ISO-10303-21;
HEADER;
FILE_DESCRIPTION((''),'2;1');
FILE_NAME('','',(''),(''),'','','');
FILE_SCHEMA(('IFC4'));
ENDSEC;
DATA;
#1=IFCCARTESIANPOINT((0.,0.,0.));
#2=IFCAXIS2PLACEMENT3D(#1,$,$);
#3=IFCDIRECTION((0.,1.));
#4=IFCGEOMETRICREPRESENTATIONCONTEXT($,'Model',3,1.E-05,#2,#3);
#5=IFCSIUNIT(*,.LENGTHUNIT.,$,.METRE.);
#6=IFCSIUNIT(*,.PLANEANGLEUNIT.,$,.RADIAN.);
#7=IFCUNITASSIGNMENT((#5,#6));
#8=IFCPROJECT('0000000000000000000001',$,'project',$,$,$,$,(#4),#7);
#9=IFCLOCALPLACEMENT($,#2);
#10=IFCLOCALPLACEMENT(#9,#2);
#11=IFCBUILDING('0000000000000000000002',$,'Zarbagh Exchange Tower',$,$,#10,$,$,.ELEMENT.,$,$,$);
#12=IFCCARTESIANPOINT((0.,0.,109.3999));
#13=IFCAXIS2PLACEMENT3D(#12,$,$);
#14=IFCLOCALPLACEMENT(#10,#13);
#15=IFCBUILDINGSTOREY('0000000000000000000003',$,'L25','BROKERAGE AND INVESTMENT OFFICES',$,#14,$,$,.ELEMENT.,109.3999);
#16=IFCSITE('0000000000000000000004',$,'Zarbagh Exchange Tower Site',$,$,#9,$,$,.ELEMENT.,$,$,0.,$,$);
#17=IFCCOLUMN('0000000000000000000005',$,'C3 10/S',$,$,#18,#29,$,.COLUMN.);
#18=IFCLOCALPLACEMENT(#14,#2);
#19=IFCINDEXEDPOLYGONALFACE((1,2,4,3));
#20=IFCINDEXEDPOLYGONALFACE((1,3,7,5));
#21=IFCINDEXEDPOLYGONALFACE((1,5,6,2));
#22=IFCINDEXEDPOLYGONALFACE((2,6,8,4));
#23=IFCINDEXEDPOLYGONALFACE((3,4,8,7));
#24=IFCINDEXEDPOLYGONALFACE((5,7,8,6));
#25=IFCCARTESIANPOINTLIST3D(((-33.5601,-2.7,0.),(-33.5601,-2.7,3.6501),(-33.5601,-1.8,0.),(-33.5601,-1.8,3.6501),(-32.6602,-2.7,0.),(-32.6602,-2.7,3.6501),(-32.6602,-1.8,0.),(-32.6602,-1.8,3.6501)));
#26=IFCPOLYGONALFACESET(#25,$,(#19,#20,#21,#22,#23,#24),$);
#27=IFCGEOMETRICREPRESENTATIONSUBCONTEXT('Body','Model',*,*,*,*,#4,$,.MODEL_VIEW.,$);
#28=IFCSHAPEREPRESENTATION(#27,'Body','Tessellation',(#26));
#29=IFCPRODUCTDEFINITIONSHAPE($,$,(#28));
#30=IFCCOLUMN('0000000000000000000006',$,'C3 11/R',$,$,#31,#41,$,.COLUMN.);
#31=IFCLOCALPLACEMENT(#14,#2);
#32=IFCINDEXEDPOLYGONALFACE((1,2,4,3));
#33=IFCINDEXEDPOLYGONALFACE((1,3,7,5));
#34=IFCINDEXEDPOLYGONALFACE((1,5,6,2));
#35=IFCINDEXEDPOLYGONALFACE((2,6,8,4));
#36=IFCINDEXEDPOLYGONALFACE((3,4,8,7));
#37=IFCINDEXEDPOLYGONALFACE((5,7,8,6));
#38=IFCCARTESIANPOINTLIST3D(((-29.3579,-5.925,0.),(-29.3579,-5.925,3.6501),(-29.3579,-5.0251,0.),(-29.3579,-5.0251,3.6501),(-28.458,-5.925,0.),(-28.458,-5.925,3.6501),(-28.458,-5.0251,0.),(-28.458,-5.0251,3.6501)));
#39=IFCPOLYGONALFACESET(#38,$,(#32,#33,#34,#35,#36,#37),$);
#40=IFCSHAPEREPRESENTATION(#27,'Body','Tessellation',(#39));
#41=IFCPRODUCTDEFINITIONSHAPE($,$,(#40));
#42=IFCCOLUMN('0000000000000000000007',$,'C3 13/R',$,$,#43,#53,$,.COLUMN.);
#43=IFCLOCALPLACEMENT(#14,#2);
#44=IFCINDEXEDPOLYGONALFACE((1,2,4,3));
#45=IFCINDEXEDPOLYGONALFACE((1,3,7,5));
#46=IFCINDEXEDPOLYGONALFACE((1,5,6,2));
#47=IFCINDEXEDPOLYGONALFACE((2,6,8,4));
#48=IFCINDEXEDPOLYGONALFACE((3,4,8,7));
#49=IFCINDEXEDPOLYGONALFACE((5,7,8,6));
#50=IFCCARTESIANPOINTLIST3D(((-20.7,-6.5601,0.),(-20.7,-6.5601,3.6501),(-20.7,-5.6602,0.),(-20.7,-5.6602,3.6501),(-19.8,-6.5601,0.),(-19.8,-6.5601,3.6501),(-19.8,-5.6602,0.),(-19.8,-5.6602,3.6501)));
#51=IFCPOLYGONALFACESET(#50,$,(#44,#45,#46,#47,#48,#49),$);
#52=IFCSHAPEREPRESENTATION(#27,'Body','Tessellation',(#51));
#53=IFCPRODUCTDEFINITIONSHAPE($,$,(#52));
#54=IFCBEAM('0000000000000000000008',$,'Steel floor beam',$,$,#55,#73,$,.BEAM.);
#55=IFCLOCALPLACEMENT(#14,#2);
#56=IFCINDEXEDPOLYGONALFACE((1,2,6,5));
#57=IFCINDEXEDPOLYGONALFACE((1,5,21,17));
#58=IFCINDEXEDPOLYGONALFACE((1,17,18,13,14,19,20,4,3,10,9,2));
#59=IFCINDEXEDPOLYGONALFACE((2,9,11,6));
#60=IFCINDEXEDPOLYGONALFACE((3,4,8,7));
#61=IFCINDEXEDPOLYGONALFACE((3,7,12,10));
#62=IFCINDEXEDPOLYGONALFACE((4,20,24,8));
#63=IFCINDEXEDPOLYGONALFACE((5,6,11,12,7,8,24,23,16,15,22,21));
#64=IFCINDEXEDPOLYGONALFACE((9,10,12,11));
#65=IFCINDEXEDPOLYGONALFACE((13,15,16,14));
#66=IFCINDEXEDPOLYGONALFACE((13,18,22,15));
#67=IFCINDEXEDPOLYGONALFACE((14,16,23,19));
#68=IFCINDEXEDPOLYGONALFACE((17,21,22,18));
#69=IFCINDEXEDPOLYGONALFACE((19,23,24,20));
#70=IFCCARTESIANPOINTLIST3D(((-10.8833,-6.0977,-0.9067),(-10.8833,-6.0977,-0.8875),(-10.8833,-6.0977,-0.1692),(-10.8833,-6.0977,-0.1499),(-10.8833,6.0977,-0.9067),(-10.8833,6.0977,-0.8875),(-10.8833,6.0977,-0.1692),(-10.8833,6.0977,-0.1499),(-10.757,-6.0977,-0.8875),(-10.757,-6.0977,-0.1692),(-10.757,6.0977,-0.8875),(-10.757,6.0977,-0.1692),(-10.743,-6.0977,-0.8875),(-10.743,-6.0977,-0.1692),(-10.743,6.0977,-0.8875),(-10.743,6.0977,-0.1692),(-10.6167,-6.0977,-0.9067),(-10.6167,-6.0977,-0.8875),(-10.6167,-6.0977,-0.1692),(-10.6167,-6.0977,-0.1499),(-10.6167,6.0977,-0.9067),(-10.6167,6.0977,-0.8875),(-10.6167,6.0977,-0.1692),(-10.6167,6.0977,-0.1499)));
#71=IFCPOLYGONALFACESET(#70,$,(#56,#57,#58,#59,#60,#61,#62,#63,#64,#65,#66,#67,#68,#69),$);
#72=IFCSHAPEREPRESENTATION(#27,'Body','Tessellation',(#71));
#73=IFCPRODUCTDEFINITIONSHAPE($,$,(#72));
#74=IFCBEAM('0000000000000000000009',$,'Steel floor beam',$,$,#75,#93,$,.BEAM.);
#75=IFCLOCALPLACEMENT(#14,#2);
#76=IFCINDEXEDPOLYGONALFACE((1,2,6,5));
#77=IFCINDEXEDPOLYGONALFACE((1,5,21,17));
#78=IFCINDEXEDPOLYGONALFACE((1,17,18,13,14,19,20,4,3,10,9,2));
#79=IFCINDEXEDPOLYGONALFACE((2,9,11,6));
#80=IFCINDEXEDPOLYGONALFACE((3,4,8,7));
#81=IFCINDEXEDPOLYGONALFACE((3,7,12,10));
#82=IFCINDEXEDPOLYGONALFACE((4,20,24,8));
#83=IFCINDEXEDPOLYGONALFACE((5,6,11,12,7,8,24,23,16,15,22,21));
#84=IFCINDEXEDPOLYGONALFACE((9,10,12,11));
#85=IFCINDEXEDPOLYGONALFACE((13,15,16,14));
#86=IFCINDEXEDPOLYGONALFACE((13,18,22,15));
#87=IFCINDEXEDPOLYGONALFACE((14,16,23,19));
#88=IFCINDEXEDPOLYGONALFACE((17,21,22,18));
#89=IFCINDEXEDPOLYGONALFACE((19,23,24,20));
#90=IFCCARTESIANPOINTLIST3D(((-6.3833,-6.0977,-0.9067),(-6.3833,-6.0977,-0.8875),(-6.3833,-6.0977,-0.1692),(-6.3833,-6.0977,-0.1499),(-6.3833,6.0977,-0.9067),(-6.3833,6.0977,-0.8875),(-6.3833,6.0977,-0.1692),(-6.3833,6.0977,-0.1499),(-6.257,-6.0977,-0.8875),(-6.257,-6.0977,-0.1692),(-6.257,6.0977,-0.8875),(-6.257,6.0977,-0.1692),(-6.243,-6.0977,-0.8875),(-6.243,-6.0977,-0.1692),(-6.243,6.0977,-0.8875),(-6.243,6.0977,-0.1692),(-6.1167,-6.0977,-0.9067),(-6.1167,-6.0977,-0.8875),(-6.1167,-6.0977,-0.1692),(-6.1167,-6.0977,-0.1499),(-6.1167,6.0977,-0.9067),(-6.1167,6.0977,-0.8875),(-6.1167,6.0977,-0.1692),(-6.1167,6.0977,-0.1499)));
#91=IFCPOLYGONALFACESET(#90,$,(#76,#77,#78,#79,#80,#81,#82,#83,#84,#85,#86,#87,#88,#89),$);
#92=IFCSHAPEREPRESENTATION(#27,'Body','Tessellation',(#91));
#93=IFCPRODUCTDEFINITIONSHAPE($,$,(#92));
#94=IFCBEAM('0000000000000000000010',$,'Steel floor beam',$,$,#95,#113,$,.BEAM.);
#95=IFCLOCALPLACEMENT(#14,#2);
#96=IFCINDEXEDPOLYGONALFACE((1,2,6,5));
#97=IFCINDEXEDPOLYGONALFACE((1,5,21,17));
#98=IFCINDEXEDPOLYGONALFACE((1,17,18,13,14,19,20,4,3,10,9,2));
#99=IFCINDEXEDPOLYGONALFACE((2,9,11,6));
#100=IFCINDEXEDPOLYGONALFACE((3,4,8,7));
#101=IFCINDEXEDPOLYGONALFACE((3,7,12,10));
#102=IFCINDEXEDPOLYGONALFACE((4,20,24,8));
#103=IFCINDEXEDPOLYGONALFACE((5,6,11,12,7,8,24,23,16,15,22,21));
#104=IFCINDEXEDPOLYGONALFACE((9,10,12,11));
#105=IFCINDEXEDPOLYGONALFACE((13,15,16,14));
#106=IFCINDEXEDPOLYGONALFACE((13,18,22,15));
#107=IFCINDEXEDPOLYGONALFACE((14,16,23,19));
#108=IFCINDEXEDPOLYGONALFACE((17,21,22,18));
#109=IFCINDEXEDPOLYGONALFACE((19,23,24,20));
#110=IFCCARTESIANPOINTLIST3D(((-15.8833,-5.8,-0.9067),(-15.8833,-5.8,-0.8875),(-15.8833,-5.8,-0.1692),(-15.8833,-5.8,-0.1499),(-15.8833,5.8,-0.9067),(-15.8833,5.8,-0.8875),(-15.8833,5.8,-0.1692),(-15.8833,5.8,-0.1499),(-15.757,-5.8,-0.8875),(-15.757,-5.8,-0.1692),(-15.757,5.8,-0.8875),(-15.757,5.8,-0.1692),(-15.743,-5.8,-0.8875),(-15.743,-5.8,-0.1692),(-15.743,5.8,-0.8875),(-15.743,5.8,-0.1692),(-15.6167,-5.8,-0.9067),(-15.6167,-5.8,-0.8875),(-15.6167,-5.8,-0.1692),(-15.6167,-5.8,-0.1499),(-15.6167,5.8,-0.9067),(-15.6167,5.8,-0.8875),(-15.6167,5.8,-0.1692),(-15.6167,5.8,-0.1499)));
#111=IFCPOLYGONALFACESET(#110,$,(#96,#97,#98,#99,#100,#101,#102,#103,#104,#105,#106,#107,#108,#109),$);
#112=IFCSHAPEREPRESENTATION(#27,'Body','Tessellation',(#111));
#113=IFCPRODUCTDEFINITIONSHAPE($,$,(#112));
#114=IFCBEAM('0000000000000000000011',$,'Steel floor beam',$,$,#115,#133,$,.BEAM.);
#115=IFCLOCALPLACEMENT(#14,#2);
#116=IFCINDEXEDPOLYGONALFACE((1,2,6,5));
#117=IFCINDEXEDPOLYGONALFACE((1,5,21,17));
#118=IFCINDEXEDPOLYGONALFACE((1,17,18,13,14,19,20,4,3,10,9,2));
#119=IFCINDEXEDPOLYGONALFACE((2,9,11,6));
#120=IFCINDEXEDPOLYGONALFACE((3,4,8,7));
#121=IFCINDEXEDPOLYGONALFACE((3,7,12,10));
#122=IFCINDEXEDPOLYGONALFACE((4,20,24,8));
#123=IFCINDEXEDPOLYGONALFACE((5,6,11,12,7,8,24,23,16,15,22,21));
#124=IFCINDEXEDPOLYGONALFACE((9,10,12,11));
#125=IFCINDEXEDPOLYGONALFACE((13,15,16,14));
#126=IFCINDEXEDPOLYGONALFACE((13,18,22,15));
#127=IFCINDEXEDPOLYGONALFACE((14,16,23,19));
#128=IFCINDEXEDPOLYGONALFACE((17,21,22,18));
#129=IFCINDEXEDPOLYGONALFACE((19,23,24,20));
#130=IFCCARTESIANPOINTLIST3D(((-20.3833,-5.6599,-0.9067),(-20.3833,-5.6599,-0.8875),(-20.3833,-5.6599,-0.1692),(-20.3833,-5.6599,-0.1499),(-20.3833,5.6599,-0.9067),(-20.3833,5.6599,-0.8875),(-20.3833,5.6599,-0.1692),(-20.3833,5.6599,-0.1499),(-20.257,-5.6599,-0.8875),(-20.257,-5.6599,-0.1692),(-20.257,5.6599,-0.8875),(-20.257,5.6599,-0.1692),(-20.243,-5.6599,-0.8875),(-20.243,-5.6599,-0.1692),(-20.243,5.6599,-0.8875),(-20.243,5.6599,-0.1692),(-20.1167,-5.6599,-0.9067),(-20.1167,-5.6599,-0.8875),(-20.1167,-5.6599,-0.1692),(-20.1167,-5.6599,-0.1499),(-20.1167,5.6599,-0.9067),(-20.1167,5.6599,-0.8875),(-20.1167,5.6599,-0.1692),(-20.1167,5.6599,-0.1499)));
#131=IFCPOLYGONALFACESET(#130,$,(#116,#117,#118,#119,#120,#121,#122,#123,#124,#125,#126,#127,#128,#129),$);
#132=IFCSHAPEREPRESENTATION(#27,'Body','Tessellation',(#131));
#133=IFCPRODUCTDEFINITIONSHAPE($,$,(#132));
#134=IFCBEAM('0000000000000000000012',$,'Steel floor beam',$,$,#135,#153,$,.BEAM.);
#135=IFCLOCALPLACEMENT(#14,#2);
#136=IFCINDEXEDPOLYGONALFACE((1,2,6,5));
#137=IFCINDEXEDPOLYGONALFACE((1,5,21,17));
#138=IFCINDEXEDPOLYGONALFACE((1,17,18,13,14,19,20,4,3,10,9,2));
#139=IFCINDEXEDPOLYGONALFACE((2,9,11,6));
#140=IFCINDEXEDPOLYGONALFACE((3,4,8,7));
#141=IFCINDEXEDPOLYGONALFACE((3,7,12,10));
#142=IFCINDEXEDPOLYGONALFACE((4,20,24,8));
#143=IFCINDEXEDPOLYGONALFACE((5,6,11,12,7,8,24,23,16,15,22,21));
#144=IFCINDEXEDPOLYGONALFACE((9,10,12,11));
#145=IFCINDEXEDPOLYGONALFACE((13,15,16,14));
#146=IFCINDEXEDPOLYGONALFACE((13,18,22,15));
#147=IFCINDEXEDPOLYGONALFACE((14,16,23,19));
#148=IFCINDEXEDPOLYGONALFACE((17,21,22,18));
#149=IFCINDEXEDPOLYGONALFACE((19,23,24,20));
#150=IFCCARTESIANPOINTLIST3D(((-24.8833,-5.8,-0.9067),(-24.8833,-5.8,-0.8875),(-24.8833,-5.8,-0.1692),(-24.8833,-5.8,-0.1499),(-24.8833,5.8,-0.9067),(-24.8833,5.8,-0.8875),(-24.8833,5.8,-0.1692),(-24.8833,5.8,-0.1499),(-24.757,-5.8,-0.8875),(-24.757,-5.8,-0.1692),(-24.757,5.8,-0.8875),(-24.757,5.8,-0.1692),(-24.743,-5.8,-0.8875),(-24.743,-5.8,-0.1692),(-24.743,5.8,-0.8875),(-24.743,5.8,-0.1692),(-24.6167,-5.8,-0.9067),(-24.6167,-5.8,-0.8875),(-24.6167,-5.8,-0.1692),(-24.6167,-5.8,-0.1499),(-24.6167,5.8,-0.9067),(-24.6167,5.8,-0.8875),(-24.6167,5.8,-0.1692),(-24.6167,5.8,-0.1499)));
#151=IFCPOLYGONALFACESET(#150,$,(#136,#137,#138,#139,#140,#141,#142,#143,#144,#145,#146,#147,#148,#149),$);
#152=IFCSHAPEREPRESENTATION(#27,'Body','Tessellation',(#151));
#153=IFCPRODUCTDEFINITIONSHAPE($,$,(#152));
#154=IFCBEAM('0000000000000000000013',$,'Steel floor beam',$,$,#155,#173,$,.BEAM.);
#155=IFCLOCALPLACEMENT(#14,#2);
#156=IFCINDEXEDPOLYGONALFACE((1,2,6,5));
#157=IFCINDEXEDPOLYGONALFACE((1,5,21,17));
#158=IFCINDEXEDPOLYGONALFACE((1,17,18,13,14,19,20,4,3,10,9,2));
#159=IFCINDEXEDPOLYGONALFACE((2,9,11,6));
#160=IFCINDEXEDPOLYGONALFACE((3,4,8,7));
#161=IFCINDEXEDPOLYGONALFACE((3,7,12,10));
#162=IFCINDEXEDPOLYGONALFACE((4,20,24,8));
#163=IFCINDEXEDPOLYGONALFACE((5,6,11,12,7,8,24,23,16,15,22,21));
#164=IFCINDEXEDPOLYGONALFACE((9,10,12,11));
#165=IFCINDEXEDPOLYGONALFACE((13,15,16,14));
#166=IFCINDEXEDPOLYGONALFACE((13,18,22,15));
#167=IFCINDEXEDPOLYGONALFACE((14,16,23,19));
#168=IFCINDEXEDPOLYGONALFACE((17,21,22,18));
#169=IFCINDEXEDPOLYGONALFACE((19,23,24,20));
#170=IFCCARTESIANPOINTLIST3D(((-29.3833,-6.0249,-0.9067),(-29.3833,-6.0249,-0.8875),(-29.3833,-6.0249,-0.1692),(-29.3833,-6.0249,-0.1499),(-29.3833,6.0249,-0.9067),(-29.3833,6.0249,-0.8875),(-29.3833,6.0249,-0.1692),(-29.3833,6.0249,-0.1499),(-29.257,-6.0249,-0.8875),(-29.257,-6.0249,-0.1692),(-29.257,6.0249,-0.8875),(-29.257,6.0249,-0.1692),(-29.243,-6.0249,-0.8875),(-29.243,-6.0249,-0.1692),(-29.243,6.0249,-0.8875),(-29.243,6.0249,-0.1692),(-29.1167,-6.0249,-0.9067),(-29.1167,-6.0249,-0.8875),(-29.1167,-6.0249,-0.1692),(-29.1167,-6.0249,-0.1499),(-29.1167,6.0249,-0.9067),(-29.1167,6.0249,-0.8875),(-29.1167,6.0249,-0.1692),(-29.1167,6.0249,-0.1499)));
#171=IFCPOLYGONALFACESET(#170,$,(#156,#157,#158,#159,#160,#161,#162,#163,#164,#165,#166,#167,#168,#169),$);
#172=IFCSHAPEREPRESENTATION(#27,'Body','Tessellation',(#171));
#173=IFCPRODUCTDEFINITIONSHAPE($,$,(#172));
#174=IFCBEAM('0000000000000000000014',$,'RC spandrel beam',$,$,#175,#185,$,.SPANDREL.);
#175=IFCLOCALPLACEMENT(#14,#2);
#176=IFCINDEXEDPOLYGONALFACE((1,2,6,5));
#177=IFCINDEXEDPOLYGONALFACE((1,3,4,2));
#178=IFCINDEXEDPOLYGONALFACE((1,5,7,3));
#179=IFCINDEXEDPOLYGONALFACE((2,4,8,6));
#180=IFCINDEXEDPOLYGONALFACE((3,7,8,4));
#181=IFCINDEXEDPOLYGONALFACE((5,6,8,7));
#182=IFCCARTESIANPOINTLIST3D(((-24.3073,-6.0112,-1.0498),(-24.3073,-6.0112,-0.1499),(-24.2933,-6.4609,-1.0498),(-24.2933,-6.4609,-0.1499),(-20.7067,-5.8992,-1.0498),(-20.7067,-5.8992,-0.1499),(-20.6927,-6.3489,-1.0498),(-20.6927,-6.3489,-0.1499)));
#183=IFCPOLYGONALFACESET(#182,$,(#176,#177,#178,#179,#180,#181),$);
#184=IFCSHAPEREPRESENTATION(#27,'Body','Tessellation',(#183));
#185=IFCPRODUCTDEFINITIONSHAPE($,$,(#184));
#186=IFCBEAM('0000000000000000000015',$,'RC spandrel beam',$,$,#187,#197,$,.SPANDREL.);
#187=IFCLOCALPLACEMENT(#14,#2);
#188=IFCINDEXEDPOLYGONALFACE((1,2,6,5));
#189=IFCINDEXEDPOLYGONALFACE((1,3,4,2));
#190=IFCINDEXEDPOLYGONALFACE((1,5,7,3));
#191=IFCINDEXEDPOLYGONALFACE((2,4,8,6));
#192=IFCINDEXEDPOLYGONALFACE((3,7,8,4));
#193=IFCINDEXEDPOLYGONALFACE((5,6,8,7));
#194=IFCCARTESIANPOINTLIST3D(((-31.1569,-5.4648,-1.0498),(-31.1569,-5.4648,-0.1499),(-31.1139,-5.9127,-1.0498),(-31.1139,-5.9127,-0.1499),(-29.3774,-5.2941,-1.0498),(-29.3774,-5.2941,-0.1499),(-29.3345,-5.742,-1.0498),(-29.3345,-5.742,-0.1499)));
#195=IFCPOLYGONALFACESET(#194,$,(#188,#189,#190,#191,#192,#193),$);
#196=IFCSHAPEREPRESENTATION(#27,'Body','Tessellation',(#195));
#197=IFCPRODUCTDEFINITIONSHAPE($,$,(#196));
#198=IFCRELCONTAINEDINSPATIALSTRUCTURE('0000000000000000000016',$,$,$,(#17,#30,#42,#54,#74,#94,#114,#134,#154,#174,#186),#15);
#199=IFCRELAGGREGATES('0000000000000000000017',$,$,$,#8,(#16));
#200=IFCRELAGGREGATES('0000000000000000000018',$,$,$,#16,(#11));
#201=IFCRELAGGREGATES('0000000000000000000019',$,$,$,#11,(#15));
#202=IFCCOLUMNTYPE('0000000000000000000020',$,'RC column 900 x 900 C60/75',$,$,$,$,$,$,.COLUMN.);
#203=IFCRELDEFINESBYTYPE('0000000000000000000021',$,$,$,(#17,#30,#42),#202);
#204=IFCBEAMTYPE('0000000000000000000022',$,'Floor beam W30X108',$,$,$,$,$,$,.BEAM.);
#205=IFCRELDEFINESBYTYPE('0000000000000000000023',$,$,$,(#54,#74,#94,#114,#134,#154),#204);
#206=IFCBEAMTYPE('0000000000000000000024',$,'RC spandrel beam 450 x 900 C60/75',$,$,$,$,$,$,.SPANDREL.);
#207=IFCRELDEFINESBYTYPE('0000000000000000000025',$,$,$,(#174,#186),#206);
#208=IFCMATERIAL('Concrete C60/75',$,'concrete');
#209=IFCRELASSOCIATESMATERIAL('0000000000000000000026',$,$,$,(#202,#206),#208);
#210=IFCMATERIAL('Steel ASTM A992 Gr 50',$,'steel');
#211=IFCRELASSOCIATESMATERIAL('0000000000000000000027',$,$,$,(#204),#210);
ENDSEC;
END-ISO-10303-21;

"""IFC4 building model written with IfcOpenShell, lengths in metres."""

from ifc_helpers import new_model, si_unit, direction, frame, origin, origin_2d, place, context, subcontext, project, spatial, rectangle, i_section, extrude, material, material_profile, profile_set, type_object, element, save


model = new_model("IFC4")

# Units and contexts
model_context = context("Model", 3, precision=1e-05, world=origin(), true_north=direction((0.0, 1.0)))
body_context = subcontext(model_context, "Body", "Model", "MODEL_VIEW")
ifc_project = project(units=[si_unit("LENGTHUNIT", "METRE"), si_unit("PLANEANGLEUNIT", "RADIAN")], contexts=[model_context])

# Site, building, storey
site_placement = place(None, origin())
site = spatial("IfcSite", under=ifc_project, at=site_placement, Name="Zarbagh Exchange Tower Site", CompositionType="ELEMENT", RefElevation=0.0)
building_placement = place(site_placement, origin())
building = spatial("IfcBuilding", under=site, at=building_placement, Name="Zarbagh Exchange Tower", CompositionType="ELEMENT")
storey_placement = place(building_placement, frame((0.0, 0.0, 109.3999)))
storey = spatial("IfcBuildingStorey", under=building, at=storey_placement, Name="L25", Description="BROKERAGE AND INVESTMENT OFFICES", CompositionType="ELEMENT", Elevation=109.3999)

# Columns
ifc_material_1 = material(Name="Concrete C60/75", Category="concrete")
ifc_material_profile_1 = material_profile(ifc_material_1, rectangle(XDim=0.8999, YDim=0.8999, at=origin_2d()), Name="RC column 900 x 900 C60/75")
ifc_profile_set_1 = profile_set([ifc_material_profile_1], Name="Concrete C60/75")
column_type = type_object("IfcColumnType", Name="RC column 900 x 900 C60/75", PredefinedType="COLUMN", material=ifc_profile_set_1)
for number, where, z_axis, x_axis, name in (
    (1, (-33.1101, -2.25, 0.0), (0.0, 0.0, 1.0), (1.0, 0.0, 0.0), "C3 10/S"),
    (2, (-28.908, -5.4751, 0.0), (0.0, 0.0, 1.0), (1.0, 0.0, 0.0), "C3 11/R"),
    (3, (-20.25, -6.1101, 0.0), (0.0, 0.0, 1.0), (1.0, 0.0, 0.0), "C3 13/R"),
):
    element("IfcColumn", number, at=place(storey_placement, frame(where, z_axis=z_axis, x_axis=x_axis)), inside=storey, type_object=column_type, Name=name, PredefinedType="COLUMN", context=body_context, shape_type="SweptSolid", body=[
        extrude(rectangle(XDim=0.8999, YDim=0.8999, at=origin_2d()), origin(), (0.0, 0.0, 1.0), 3.6501),
    ])

# Beams
ifc_material_2 = material(Name="Steel ASTM A992 Gr 50", Category="steel")
ifc_material_profile_2 = material_profile(ifc_material_2, i_section(OverallWidth=0.2666, OverallDepth=0.7568, WebThickness=0.0139, FlangeThickness=0.0193, at=origin_2d()), Name="W30X108")
ifc_profile_set_2 = profile_set([ifc_material_profile_2], Name="Steel ASTM A992 Gr 50")
beam_type_1 = type_object("IfcBeamType", Name="Floor beam W30X108", PredefinedType="BEAM", material=ifc_profile_set_2)
for number, where, z_axis, x_axis, name in (
    (4, (-10.75, -6.0977, -0.5283), (0.0, 1.0, 0.0), (-1.0, 0.0, 0.0), "Steel floor beam"),
    (5, (-6.25, -6.0977, -0.5283), (0.0, 1.0, 0.0), (-1.0, 0.0, 0.0), "Steel floor beam"),
):
    element("IfcBeam", number, at=place(storey_placement, frame(where, z_axis=z_axis, x_axis=x_axis)), inside=storey, type_object=beam_type_1, Name=name, PredefinedType="BEAM", context=body_context, shape_type="SweptSolid", body=[
        extrude(i_section(OverallWidth=0.2666, OverallDepth=0.7568, WebThickness=0.0139, FlangeThickness=0.0193, at=origin_2d()), origin(), (0.0, 0.0, 1.0), 12.1953),
    ])
beam_1_placement = place(storey_placement, frame((-15.75, -5.8, -0.5283), z_axis=(0.0, 1.0, 0.0), x_axis=(-1.0, 0.0, 0.0)))
element("IfcBeam", 6, at=beam_1_placement, inside=storey, type_object=beam_type_1, Name="Steel floor beam", PredefinedType="BEAM", context=body_context, shape_type="SweptSolid", body=[
    extrude(i_section(OverallWidth=0.2666, OverallDepth=0.7568, WebThickness=0.0139, FlangeThickness=0.0193, at=origin_2d()), origin(), (0.0, 0.0, 1.0), 11.6001),
])
beam_2_placement = place(storey_placement, frame((-20.25, -5.6599, -0.5283), z_axis=(0.0, 1.0, 0.0), x_axis=(-1.0, 0.0, 0.0)))
element("IfcBeam", 7, at=beam_2_placement, inside=storey, type_object=beam_type_1, Name="Steel floor beam", PredefinedType="BEAM", context=body_context, shape_type="SweptSolid", body=[
    extrude(i_section(OverallWidth=0.2666, OverallDepth=0.7568, WebThickness=0.0139, FlangeThickness=0.0193, at=origin_2d()), origin(), (0.0, 0.0, 1.0), 11.3198),
])
beam_3_placement = place(storey_placement, frame((-24.75, -5.8, -0.5283), z_axis=(0.0, 1.0, 0.0), x_axis=(-1.0, 0.0, 0.0)))
element("IfcBeam", 8, at=beam_3_placement, inside=storey, type_object=beam_type_1, Name="Steel floor beam", PredefinedType="BEAM", context=body_context, shape_type="SweptSolid", body=[
    extrude(i_section(OverallWidth=0.2666, OverallDepth=0.7568, WebThickness=0.0139, FlangeThickness=0.0193, at=origin_2d()), origin(), (0.0, 0.0, 1.0), 11.6001),
])
beam_4_placement = place(storey_placement, frame((-29.25, -6.0249, -0.5283), z_axis=(0.0, 1.0, 0.0), x_axis=(-1.0, 0.0, 0.0)))
element("IfcBeam", 9, at=beam_4_placement, inside=storey, type_object=beam_type_1, Name="Steel floor beam", PredefinedType="BEAM", context=body_context, shape_type="SweptSolid", body=[
    extrude(i_section(OverallWidth=0.2666, OverallDepth=0.7568, WebThickness=0.0139, FlangeThickness=0.0193, at=origin_2d()), origin(), (0.0, 0.0, 1.0), 12.0498),
])
ifc_material_profile_3 = material_profile(ifc_material_1, rectangle(XDim=0.45, YDim=0.8999, at=origin_2d()), Name="RC spandrel beam 450 x 900 C60/75")
ifc_profile_set_3 = profile_set([ifc_material_profile_3], Name="Concrete C60/75")
beam_type_2 = type_object("IfcBeamType", Name="RC spandrel beam 450 x 900 C60/75", PredefinedType="SPANDREL", material=ifc_profile_set_3)
beam_5_placement = place(storey_placement, frame((-20.6997, -6.124, -0.5999), z_axis=(-0.999516, -0.031108, 0.0), x_axis=(0.031108, -0.999516, 0.0)))
element("IfcBeam", 10, at=beam_5_placement, inside=storey, type_object=beam_type_2, Name="RC spandrel beam", PredefinedType="SPANDREL", context=body_context, shape_type="SweptSolid", body=[
    extrude(rectangle(XDim=0.45, YDim=0.8999, at=origin_2d()), origin(), (0.0, 0.0, 1.0), 3.6023),
])
beam_6_placement = place(storey_placement, frame((-29.356, -5.5181, -0.5999), z_axis=(-0.995433, -0.09546, 0.0), x_axis=(0.09546, -0.995433, 0.0)))
element("IfcBeam", 11, at=beam_6_placement, inside=storey, type_object=beam_type_2, Name="RC spandrel beam", PredefinedType="SPANDREL", context=body_context, shape_type="SweptSolid", body=[
    extrude(rectangle(XDim=0.45, YDim=0.8999, at=origin_2d()), origin(), (0.0, 0.0, 1.0), 1.7876),
])

save(model, "model.ifc")
